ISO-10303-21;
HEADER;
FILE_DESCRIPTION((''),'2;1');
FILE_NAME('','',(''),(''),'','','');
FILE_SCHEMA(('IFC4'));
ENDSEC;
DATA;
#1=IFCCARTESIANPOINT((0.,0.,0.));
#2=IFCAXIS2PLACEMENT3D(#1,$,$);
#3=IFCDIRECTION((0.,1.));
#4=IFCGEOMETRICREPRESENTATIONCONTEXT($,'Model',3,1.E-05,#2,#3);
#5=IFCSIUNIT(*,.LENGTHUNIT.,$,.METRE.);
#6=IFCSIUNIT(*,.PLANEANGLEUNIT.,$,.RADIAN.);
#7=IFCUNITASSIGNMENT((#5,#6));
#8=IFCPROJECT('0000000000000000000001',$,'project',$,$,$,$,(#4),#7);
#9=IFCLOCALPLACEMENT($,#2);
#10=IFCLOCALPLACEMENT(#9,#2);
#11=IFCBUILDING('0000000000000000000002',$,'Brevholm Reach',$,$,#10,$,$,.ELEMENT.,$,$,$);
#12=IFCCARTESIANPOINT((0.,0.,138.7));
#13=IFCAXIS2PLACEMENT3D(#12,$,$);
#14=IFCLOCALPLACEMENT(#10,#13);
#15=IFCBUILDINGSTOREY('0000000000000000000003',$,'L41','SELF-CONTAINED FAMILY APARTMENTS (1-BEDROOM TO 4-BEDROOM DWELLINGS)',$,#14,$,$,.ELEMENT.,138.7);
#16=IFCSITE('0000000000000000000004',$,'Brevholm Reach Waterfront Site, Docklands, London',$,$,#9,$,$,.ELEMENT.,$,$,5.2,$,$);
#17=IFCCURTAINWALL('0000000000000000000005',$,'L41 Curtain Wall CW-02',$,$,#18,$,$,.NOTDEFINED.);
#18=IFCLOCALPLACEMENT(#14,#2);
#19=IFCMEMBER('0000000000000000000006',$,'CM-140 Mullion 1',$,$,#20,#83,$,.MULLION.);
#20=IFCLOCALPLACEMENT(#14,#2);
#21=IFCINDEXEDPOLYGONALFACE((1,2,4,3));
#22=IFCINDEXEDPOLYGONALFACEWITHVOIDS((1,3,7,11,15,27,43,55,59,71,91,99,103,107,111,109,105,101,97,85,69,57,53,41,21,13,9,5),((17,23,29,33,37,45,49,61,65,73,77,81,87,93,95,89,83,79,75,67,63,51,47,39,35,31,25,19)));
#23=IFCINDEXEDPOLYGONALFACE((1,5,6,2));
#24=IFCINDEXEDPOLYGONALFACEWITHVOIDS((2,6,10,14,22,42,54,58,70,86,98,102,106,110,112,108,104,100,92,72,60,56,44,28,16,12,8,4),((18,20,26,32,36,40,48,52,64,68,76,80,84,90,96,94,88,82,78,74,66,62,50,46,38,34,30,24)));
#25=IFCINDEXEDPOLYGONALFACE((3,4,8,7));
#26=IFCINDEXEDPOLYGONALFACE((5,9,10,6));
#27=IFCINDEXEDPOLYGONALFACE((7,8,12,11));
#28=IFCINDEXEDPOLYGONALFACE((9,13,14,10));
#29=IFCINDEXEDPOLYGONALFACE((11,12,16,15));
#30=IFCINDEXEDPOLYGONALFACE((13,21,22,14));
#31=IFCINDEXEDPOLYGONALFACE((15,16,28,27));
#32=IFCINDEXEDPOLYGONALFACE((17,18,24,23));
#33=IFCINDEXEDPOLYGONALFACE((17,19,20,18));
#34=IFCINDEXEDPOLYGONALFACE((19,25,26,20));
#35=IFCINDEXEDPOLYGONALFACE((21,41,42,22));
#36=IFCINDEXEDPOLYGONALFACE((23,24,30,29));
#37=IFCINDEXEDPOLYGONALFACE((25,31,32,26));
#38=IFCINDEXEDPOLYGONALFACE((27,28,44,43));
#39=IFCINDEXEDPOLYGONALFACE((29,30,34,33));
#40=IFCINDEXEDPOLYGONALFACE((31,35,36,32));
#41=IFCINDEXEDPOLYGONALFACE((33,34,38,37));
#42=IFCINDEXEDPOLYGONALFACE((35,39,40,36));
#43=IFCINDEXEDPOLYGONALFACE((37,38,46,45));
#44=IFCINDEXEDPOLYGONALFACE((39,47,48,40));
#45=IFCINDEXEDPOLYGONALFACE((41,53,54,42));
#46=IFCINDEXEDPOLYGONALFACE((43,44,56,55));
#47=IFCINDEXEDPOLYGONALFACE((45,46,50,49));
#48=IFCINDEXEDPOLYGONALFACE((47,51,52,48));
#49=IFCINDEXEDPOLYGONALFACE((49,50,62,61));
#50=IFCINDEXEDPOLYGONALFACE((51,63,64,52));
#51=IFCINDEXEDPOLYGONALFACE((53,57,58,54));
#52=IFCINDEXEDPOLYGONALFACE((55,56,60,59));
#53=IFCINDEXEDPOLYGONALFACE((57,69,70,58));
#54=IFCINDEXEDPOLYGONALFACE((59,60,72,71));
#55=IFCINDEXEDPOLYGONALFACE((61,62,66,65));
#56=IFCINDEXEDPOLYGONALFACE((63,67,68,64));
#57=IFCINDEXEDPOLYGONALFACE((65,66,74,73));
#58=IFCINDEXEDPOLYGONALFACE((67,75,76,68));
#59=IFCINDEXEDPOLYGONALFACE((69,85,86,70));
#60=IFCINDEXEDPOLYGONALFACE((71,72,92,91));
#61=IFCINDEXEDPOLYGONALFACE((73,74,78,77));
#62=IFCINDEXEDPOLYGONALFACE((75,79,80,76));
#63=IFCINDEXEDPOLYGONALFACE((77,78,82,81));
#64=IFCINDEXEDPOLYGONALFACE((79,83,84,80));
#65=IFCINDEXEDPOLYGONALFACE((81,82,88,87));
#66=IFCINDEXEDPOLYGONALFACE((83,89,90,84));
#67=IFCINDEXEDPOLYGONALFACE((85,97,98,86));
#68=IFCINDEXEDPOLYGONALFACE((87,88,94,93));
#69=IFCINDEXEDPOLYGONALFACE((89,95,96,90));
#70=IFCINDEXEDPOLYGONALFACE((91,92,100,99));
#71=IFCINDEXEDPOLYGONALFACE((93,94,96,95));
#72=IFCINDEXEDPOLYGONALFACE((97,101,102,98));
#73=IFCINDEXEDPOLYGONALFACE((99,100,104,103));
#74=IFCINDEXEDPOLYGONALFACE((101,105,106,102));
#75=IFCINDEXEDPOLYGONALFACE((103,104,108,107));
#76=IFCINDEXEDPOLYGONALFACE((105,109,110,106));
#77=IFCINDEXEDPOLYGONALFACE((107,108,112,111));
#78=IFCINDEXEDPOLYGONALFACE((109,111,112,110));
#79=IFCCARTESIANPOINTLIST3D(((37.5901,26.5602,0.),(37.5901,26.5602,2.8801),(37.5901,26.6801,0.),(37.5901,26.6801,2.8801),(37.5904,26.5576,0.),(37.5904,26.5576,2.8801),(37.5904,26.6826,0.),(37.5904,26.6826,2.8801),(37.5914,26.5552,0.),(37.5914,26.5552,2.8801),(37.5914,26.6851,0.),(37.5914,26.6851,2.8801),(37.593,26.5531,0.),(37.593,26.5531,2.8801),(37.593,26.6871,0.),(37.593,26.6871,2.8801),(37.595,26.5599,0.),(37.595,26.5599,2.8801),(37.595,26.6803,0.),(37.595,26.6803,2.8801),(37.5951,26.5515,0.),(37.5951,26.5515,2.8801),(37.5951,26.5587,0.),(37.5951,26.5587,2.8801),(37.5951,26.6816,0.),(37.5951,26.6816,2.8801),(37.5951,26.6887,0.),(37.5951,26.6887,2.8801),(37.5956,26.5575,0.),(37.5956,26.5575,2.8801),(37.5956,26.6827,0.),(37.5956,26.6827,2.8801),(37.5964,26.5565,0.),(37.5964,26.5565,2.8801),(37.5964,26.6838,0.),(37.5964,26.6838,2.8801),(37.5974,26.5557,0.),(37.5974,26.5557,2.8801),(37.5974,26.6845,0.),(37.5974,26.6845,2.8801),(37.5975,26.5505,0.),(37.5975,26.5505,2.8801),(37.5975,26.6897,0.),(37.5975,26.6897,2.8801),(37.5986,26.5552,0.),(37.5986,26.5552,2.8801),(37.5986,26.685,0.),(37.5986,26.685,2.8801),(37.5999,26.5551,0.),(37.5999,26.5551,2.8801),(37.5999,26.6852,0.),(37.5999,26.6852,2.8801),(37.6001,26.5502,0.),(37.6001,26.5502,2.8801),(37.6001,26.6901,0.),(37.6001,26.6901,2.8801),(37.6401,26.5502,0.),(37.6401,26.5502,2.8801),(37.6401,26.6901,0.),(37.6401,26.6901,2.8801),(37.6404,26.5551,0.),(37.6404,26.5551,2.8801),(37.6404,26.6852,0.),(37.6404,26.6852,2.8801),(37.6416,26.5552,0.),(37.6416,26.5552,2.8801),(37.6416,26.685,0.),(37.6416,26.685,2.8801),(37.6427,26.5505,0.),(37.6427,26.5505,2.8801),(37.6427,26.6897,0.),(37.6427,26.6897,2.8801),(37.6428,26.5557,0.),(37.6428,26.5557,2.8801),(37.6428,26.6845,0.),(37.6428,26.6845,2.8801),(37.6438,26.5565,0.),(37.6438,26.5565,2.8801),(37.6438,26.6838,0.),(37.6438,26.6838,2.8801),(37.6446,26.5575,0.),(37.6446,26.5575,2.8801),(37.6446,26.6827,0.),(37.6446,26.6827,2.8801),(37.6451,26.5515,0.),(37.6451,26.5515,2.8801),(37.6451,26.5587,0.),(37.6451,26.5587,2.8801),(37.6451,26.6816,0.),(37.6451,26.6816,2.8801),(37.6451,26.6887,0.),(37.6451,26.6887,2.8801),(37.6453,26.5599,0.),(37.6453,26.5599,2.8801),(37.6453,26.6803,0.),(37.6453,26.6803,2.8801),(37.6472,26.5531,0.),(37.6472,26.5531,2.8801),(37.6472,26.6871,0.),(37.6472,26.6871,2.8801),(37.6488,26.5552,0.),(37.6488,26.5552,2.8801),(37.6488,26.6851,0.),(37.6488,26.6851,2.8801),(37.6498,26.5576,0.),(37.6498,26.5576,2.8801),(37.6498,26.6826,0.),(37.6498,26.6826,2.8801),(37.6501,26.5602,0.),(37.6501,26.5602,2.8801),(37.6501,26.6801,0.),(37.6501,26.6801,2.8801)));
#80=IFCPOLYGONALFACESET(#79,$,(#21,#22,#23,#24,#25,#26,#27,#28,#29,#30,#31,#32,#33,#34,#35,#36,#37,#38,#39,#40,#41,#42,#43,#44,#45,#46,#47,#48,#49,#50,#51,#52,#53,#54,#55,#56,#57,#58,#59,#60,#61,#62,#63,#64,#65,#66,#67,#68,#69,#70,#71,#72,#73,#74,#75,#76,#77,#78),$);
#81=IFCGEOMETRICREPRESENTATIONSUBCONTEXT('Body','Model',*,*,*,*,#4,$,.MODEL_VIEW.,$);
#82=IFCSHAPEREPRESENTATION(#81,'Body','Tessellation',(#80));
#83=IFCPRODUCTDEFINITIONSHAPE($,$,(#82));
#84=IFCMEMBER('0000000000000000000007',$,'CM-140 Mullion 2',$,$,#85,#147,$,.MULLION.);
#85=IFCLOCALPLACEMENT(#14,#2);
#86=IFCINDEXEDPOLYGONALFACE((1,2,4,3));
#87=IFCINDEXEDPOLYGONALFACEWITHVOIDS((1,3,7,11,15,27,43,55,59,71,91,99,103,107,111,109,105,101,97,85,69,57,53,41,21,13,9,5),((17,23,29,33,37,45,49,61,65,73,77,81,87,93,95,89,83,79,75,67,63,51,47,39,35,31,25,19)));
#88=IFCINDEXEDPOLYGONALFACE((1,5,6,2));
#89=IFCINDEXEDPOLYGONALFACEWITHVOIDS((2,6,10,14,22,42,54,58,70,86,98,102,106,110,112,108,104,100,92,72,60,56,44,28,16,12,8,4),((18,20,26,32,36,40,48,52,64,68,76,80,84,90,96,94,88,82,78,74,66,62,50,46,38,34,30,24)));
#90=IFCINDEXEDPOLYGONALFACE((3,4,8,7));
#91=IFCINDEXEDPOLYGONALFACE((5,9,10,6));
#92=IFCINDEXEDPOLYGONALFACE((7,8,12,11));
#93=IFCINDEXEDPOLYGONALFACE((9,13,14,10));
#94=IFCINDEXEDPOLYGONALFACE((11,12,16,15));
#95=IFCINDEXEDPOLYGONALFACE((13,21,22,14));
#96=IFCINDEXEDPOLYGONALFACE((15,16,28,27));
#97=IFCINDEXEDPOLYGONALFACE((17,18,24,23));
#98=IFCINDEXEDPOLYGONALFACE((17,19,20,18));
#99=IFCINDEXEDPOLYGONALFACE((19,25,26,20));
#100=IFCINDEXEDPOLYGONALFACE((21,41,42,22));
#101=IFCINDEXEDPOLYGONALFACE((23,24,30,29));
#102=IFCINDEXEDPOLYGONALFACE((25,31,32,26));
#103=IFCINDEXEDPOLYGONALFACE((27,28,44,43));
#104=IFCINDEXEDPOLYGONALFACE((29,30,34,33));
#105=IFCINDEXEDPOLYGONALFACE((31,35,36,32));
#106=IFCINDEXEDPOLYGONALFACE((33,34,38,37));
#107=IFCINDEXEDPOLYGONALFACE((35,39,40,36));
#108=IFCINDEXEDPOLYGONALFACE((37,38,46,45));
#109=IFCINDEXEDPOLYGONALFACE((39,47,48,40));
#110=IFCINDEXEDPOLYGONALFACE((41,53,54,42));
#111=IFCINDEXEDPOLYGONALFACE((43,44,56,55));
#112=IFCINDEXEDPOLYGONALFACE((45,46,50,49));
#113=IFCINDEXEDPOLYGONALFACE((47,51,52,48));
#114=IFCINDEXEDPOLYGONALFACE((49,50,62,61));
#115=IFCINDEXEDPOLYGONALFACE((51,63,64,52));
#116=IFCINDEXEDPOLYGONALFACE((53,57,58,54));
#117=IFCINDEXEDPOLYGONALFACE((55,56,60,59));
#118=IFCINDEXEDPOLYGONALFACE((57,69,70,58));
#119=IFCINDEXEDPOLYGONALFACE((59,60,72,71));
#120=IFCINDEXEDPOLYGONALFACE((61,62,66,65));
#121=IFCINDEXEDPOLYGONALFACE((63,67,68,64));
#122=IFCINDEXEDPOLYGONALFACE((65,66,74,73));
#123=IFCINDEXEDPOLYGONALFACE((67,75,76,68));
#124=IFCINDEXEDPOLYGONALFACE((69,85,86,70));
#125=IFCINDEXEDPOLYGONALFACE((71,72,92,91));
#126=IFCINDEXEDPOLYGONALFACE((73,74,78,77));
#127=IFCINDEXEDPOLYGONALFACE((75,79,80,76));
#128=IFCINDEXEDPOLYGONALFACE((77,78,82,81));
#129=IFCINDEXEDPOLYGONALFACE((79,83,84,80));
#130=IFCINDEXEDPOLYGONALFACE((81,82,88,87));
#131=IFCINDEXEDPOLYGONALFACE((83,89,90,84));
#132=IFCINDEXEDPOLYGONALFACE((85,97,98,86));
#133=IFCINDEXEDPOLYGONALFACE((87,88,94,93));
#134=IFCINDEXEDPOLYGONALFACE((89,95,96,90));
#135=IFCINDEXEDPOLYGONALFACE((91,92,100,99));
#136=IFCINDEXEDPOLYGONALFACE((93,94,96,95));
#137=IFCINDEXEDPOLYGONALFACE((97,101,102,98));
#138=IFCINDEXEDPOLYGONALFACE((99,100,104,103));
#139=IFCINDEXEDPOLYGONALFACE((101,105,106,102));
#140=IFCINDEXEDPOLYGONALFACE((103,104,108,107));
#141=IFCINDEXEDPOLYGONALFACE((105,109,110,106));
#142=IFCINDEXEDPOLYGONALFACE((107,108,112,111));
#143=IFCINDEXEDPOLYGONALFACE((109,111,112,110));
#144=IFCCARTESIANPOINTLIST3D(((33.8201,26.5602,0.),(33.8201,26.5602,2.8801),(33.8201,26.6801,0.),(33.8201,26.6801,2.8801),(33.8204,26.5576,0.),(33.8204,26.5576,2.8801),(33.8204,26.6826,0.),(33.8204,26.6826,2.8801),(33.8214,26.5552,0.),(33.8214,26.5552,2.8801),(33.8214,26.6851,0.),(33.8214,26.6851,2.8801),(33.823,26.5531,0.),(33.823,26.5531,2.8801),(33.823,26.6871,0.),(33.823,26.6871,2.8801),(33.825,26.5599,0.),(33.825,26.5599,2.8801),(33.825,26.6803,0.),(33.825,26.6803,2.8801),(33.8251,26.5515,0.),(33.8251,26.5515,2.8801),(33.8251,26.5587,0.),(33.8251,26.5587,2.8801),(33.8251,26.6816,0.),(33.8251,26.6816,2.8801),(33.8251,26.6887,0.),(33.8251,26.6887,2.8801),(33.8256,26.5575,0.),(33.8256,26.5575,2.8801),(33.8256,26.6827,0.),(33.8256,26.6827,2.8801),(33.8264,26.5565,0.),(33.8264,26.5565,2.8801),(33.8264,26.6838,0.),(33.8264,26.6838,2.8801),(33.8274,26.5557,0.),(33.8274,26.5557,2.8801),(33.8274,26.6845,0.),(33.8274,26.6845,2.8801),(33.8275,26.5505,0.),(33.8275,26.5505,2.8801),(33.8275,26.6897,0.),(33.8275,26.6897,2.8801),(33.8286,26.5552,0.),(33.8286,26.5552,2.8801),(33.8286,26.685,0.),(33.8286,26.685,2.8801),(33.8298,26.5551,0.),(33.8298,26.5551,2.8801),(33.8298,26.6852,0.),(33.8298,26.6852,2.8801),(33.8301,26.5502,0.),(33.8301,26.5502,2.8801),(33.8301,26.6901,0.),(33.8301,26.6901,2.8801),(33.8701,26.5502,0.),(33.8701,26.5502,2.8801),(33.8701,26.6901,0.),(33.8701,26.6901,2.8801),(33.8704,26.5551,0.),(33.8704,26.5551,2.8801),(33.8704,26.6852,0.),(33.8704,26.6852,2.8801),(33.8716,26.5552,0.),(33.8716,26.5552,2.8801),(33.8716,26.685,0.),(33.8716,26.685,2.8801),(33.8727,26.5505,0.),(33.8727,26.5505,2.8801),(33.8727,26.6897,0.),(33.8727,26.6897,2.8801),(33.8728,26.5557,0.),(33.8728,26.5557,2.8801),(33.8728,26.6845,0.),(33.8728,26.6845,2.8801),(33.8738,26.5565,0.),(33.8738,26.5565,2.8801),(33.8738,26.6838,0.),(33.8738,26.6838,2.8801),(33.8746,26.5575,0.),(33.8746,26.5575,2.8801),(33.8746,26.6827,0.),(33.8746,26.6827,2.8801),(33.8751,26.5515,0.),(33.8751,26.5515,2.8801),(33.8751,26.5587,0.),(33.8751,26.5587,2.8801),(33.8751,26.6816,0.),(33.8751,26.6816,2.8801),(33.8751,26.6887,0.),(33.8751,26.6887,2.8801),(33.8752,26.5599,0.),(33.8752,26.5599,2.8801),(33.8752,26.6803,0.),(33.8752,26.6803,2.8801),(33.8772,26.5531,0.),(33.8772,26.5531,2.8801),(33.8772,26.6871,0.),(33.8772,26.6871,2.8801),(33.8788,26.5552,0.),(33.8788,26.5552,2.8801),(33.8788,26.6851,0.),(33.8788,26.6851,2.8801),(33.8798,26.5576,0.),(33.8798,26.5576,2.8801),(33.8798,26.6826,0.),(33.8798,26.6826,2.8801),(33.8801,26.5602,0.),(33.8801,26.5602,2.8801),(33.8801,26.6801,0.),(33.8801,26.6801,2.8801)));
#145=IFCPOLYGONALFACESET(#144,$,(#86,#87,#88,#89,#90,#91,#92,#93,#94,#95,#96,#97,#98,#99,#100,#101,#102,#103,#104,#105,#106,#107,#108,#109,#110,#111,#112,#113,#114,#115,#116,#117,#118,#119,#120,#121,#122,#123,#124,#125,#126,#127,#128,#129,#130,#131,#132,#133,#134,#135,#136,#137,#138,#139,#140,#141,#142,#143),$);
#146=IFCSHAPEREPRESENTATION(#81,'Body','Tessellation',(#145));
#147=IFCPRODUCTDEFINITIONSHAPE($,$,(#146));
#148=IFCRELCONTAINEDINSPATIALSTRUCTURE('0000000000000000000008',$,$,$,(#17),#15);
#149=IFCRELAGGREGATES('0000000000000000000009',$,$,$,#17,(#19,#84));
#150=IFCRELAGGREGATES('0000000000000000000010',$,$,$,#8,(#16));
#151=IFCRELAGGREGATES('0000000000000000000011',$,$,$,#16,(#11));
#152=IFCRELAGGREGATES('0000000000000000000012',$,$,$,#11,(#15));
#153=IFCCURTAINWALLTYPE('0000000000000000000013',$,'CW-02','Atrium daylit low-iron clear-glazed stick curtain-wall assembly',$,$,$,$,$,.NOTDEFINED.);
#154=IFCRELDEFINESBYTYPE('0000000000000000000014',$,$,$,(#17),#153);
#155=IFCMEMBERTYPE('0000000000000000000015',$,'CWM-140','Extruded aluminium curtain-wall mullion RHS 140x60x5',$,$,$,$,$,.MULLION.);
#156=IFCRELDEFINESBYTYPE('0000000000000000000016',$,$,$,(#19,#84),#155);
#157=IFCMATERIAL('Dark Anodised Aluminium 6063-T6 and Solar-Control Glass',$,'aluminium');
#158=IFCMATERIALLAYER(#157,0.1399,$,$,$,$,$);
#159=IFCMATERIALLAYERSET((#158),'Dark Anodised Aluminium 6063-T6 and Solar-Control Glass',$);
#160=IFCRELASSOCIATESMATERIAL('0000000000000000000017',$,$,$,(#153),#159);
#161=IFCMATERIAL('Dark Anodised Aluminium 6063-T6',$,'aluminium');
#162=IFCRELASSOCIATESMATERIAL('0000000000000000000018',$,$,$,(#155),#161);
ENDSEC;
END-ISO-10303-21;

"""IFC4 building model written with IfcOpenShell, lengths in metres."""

from ifc_helpers import new_model, si_unit, direction, frame, origin, origin_2d, place, context, subcontext, project, spatial, hollow_rectangle, extrude, material, layer, layer_set, material_profile, profile_set, type_object, element, aggregate, save


model = new_model("IFC4")

# Units and contexts
model_context = context("Model", 3, precision=1e-05, world=origin(), true_north=direction((0.0, 1.0)))
body_context = subcontext(model_context, "Body", "Model", "MODEL_VIEW")
ifc_project = project(units=[si_unit("LENGTHUNIT", "METRE"), si_unit("PLANEANGLEUNIT", "RADIAN")], contexts=[model_context])

# Site, building, storey
site_placement = place(None, origin())
site = spatial("IfcSite", under=ifc_project, at=site_placement, Name="Brevholm Reach Waterfront Site, Docklands, London", CompositionType="ELEMENT", RefElevation=5.2)
building_placement = place(site_placement, origin())
building = spatial("IfcBuilding", under=site, at=building_placement, Name="Brevholm Reach", CompositionType="ELEMENT")
storey_placement = place(building_placement, frame((0.0, 0.0, 138.7)))
storey = spatial("IfcBuildingStorey", under=building, at=storey_placement, Name="L41", Description="SELF-CONTAINED FAMILY APARTMENTS (1-BEDROOM TO 4-BEDROOM DWELLINGS)", CompositionType="ELEMENT", Elevation=138.7)

# Curtain wall, members
ifc_material_1 = material(Name="Dark Anodised Aluminium 6063-T6 and Solar-Control Glass", Category="aluminium")
ifc_layer_1 = layer(ifc_material_1, 0.1399)
ifc_layer_set_1 = layer_set([ifc_layer_1], Name="Dark Anodised Aluminium 6063-T6 and Solar-Control Glass")
curtain_wall_type_1 = type_object("IfcCurtainWallType", Name="CW-02", Description="Atrium daylit low-iron clear-glazed stick curtain-wall assembly", PredefinedType="NOTDEFINED", material=ifc_layer_set_1)
curtain_wall_1_placement = place(storey_placement, origin())
curtain_wall_1 = element("IfcCurtainWall", 1, at=curtain_wall_1_placement, inside=storey, type_object=curtain_wall_type_1, Name="L41 Curtain Wall CW-02", PredefinedType="NOTDEFINED")
ifc_material_2 = material(Name="Dark Anodised Aluminium 6063-T6", Category="aluminium")
ifc_material_profile_1 = material_profile(ifc_material_2, hollow_rectangle(XDim=0.0601, YDim=0.1399, WallThickness=0.0049, InnerFilletRadius=0.0049, OuterFilletRadius=0.01, at=origin_2d()), Name="RHS 140x60x5")
ifc_profile_set_1 = profile_set([ifc_material_profile_1], Name="Dark Anodised Aluminium 6063-T6")
member_type_1 = type_object("IfcMemberType", Name="CWM-140", Description="Extruded aluminium curtain-wall mullion RHS 140x60x5", PredefinedType="MULLION", material=ifc_profile_set_1)
member_1_placement = place(storey_placement, frame((37.6201, 26.6201, 0.0), z_axis=(0.0, 0.0, 1.0), x_axis=(-1.0, 0.0, 0.0)))
member_1 = element("IfcMember", 2, at=member_1_placement, type_object=member_type_1, Name="CM-140 Mullion 1", PredefinedType="MULLION", context=body_context, shape_type="SweptSolid", body=[
    extrude(hollow_rectangle(XDim=0.0601, YDim=0.1399, WallThickness=0.0049, InnerFilletRadius=0.0049, OuterFilletRadius=0.01, at=origin_2d()), origin(), (0.0, 0.0, 1.0), 2.8801),
])
member_2_placement = place(storey_placement, frame((33.8501, 26.6201, 0.0), z_axis=(0.0, 0.0, 1.0), x_axis=(-1.0, 0.0, 0.0)))
member_2 = element("IfcMember", 3, at=member_2_placement, type_object=member_type_1, Name="CM-140 Mullion 2", PredefinedType="MULLION", context=body_context, shape_type="SweptSolid", body=[
    extrude(hollow_rectangle(XDim=0.0601, YDim=0.1399, WallThickness=0.0049, InnerFilletRadius=0.0049, OuterFilletRadius=0.01, at=origin_2d()), origin(), (0.0, 0.0, 1.0), 2.8801),
])

aggregate(curtain_wall_1, [member_1, member_2])

save(model, "model.ifc")
